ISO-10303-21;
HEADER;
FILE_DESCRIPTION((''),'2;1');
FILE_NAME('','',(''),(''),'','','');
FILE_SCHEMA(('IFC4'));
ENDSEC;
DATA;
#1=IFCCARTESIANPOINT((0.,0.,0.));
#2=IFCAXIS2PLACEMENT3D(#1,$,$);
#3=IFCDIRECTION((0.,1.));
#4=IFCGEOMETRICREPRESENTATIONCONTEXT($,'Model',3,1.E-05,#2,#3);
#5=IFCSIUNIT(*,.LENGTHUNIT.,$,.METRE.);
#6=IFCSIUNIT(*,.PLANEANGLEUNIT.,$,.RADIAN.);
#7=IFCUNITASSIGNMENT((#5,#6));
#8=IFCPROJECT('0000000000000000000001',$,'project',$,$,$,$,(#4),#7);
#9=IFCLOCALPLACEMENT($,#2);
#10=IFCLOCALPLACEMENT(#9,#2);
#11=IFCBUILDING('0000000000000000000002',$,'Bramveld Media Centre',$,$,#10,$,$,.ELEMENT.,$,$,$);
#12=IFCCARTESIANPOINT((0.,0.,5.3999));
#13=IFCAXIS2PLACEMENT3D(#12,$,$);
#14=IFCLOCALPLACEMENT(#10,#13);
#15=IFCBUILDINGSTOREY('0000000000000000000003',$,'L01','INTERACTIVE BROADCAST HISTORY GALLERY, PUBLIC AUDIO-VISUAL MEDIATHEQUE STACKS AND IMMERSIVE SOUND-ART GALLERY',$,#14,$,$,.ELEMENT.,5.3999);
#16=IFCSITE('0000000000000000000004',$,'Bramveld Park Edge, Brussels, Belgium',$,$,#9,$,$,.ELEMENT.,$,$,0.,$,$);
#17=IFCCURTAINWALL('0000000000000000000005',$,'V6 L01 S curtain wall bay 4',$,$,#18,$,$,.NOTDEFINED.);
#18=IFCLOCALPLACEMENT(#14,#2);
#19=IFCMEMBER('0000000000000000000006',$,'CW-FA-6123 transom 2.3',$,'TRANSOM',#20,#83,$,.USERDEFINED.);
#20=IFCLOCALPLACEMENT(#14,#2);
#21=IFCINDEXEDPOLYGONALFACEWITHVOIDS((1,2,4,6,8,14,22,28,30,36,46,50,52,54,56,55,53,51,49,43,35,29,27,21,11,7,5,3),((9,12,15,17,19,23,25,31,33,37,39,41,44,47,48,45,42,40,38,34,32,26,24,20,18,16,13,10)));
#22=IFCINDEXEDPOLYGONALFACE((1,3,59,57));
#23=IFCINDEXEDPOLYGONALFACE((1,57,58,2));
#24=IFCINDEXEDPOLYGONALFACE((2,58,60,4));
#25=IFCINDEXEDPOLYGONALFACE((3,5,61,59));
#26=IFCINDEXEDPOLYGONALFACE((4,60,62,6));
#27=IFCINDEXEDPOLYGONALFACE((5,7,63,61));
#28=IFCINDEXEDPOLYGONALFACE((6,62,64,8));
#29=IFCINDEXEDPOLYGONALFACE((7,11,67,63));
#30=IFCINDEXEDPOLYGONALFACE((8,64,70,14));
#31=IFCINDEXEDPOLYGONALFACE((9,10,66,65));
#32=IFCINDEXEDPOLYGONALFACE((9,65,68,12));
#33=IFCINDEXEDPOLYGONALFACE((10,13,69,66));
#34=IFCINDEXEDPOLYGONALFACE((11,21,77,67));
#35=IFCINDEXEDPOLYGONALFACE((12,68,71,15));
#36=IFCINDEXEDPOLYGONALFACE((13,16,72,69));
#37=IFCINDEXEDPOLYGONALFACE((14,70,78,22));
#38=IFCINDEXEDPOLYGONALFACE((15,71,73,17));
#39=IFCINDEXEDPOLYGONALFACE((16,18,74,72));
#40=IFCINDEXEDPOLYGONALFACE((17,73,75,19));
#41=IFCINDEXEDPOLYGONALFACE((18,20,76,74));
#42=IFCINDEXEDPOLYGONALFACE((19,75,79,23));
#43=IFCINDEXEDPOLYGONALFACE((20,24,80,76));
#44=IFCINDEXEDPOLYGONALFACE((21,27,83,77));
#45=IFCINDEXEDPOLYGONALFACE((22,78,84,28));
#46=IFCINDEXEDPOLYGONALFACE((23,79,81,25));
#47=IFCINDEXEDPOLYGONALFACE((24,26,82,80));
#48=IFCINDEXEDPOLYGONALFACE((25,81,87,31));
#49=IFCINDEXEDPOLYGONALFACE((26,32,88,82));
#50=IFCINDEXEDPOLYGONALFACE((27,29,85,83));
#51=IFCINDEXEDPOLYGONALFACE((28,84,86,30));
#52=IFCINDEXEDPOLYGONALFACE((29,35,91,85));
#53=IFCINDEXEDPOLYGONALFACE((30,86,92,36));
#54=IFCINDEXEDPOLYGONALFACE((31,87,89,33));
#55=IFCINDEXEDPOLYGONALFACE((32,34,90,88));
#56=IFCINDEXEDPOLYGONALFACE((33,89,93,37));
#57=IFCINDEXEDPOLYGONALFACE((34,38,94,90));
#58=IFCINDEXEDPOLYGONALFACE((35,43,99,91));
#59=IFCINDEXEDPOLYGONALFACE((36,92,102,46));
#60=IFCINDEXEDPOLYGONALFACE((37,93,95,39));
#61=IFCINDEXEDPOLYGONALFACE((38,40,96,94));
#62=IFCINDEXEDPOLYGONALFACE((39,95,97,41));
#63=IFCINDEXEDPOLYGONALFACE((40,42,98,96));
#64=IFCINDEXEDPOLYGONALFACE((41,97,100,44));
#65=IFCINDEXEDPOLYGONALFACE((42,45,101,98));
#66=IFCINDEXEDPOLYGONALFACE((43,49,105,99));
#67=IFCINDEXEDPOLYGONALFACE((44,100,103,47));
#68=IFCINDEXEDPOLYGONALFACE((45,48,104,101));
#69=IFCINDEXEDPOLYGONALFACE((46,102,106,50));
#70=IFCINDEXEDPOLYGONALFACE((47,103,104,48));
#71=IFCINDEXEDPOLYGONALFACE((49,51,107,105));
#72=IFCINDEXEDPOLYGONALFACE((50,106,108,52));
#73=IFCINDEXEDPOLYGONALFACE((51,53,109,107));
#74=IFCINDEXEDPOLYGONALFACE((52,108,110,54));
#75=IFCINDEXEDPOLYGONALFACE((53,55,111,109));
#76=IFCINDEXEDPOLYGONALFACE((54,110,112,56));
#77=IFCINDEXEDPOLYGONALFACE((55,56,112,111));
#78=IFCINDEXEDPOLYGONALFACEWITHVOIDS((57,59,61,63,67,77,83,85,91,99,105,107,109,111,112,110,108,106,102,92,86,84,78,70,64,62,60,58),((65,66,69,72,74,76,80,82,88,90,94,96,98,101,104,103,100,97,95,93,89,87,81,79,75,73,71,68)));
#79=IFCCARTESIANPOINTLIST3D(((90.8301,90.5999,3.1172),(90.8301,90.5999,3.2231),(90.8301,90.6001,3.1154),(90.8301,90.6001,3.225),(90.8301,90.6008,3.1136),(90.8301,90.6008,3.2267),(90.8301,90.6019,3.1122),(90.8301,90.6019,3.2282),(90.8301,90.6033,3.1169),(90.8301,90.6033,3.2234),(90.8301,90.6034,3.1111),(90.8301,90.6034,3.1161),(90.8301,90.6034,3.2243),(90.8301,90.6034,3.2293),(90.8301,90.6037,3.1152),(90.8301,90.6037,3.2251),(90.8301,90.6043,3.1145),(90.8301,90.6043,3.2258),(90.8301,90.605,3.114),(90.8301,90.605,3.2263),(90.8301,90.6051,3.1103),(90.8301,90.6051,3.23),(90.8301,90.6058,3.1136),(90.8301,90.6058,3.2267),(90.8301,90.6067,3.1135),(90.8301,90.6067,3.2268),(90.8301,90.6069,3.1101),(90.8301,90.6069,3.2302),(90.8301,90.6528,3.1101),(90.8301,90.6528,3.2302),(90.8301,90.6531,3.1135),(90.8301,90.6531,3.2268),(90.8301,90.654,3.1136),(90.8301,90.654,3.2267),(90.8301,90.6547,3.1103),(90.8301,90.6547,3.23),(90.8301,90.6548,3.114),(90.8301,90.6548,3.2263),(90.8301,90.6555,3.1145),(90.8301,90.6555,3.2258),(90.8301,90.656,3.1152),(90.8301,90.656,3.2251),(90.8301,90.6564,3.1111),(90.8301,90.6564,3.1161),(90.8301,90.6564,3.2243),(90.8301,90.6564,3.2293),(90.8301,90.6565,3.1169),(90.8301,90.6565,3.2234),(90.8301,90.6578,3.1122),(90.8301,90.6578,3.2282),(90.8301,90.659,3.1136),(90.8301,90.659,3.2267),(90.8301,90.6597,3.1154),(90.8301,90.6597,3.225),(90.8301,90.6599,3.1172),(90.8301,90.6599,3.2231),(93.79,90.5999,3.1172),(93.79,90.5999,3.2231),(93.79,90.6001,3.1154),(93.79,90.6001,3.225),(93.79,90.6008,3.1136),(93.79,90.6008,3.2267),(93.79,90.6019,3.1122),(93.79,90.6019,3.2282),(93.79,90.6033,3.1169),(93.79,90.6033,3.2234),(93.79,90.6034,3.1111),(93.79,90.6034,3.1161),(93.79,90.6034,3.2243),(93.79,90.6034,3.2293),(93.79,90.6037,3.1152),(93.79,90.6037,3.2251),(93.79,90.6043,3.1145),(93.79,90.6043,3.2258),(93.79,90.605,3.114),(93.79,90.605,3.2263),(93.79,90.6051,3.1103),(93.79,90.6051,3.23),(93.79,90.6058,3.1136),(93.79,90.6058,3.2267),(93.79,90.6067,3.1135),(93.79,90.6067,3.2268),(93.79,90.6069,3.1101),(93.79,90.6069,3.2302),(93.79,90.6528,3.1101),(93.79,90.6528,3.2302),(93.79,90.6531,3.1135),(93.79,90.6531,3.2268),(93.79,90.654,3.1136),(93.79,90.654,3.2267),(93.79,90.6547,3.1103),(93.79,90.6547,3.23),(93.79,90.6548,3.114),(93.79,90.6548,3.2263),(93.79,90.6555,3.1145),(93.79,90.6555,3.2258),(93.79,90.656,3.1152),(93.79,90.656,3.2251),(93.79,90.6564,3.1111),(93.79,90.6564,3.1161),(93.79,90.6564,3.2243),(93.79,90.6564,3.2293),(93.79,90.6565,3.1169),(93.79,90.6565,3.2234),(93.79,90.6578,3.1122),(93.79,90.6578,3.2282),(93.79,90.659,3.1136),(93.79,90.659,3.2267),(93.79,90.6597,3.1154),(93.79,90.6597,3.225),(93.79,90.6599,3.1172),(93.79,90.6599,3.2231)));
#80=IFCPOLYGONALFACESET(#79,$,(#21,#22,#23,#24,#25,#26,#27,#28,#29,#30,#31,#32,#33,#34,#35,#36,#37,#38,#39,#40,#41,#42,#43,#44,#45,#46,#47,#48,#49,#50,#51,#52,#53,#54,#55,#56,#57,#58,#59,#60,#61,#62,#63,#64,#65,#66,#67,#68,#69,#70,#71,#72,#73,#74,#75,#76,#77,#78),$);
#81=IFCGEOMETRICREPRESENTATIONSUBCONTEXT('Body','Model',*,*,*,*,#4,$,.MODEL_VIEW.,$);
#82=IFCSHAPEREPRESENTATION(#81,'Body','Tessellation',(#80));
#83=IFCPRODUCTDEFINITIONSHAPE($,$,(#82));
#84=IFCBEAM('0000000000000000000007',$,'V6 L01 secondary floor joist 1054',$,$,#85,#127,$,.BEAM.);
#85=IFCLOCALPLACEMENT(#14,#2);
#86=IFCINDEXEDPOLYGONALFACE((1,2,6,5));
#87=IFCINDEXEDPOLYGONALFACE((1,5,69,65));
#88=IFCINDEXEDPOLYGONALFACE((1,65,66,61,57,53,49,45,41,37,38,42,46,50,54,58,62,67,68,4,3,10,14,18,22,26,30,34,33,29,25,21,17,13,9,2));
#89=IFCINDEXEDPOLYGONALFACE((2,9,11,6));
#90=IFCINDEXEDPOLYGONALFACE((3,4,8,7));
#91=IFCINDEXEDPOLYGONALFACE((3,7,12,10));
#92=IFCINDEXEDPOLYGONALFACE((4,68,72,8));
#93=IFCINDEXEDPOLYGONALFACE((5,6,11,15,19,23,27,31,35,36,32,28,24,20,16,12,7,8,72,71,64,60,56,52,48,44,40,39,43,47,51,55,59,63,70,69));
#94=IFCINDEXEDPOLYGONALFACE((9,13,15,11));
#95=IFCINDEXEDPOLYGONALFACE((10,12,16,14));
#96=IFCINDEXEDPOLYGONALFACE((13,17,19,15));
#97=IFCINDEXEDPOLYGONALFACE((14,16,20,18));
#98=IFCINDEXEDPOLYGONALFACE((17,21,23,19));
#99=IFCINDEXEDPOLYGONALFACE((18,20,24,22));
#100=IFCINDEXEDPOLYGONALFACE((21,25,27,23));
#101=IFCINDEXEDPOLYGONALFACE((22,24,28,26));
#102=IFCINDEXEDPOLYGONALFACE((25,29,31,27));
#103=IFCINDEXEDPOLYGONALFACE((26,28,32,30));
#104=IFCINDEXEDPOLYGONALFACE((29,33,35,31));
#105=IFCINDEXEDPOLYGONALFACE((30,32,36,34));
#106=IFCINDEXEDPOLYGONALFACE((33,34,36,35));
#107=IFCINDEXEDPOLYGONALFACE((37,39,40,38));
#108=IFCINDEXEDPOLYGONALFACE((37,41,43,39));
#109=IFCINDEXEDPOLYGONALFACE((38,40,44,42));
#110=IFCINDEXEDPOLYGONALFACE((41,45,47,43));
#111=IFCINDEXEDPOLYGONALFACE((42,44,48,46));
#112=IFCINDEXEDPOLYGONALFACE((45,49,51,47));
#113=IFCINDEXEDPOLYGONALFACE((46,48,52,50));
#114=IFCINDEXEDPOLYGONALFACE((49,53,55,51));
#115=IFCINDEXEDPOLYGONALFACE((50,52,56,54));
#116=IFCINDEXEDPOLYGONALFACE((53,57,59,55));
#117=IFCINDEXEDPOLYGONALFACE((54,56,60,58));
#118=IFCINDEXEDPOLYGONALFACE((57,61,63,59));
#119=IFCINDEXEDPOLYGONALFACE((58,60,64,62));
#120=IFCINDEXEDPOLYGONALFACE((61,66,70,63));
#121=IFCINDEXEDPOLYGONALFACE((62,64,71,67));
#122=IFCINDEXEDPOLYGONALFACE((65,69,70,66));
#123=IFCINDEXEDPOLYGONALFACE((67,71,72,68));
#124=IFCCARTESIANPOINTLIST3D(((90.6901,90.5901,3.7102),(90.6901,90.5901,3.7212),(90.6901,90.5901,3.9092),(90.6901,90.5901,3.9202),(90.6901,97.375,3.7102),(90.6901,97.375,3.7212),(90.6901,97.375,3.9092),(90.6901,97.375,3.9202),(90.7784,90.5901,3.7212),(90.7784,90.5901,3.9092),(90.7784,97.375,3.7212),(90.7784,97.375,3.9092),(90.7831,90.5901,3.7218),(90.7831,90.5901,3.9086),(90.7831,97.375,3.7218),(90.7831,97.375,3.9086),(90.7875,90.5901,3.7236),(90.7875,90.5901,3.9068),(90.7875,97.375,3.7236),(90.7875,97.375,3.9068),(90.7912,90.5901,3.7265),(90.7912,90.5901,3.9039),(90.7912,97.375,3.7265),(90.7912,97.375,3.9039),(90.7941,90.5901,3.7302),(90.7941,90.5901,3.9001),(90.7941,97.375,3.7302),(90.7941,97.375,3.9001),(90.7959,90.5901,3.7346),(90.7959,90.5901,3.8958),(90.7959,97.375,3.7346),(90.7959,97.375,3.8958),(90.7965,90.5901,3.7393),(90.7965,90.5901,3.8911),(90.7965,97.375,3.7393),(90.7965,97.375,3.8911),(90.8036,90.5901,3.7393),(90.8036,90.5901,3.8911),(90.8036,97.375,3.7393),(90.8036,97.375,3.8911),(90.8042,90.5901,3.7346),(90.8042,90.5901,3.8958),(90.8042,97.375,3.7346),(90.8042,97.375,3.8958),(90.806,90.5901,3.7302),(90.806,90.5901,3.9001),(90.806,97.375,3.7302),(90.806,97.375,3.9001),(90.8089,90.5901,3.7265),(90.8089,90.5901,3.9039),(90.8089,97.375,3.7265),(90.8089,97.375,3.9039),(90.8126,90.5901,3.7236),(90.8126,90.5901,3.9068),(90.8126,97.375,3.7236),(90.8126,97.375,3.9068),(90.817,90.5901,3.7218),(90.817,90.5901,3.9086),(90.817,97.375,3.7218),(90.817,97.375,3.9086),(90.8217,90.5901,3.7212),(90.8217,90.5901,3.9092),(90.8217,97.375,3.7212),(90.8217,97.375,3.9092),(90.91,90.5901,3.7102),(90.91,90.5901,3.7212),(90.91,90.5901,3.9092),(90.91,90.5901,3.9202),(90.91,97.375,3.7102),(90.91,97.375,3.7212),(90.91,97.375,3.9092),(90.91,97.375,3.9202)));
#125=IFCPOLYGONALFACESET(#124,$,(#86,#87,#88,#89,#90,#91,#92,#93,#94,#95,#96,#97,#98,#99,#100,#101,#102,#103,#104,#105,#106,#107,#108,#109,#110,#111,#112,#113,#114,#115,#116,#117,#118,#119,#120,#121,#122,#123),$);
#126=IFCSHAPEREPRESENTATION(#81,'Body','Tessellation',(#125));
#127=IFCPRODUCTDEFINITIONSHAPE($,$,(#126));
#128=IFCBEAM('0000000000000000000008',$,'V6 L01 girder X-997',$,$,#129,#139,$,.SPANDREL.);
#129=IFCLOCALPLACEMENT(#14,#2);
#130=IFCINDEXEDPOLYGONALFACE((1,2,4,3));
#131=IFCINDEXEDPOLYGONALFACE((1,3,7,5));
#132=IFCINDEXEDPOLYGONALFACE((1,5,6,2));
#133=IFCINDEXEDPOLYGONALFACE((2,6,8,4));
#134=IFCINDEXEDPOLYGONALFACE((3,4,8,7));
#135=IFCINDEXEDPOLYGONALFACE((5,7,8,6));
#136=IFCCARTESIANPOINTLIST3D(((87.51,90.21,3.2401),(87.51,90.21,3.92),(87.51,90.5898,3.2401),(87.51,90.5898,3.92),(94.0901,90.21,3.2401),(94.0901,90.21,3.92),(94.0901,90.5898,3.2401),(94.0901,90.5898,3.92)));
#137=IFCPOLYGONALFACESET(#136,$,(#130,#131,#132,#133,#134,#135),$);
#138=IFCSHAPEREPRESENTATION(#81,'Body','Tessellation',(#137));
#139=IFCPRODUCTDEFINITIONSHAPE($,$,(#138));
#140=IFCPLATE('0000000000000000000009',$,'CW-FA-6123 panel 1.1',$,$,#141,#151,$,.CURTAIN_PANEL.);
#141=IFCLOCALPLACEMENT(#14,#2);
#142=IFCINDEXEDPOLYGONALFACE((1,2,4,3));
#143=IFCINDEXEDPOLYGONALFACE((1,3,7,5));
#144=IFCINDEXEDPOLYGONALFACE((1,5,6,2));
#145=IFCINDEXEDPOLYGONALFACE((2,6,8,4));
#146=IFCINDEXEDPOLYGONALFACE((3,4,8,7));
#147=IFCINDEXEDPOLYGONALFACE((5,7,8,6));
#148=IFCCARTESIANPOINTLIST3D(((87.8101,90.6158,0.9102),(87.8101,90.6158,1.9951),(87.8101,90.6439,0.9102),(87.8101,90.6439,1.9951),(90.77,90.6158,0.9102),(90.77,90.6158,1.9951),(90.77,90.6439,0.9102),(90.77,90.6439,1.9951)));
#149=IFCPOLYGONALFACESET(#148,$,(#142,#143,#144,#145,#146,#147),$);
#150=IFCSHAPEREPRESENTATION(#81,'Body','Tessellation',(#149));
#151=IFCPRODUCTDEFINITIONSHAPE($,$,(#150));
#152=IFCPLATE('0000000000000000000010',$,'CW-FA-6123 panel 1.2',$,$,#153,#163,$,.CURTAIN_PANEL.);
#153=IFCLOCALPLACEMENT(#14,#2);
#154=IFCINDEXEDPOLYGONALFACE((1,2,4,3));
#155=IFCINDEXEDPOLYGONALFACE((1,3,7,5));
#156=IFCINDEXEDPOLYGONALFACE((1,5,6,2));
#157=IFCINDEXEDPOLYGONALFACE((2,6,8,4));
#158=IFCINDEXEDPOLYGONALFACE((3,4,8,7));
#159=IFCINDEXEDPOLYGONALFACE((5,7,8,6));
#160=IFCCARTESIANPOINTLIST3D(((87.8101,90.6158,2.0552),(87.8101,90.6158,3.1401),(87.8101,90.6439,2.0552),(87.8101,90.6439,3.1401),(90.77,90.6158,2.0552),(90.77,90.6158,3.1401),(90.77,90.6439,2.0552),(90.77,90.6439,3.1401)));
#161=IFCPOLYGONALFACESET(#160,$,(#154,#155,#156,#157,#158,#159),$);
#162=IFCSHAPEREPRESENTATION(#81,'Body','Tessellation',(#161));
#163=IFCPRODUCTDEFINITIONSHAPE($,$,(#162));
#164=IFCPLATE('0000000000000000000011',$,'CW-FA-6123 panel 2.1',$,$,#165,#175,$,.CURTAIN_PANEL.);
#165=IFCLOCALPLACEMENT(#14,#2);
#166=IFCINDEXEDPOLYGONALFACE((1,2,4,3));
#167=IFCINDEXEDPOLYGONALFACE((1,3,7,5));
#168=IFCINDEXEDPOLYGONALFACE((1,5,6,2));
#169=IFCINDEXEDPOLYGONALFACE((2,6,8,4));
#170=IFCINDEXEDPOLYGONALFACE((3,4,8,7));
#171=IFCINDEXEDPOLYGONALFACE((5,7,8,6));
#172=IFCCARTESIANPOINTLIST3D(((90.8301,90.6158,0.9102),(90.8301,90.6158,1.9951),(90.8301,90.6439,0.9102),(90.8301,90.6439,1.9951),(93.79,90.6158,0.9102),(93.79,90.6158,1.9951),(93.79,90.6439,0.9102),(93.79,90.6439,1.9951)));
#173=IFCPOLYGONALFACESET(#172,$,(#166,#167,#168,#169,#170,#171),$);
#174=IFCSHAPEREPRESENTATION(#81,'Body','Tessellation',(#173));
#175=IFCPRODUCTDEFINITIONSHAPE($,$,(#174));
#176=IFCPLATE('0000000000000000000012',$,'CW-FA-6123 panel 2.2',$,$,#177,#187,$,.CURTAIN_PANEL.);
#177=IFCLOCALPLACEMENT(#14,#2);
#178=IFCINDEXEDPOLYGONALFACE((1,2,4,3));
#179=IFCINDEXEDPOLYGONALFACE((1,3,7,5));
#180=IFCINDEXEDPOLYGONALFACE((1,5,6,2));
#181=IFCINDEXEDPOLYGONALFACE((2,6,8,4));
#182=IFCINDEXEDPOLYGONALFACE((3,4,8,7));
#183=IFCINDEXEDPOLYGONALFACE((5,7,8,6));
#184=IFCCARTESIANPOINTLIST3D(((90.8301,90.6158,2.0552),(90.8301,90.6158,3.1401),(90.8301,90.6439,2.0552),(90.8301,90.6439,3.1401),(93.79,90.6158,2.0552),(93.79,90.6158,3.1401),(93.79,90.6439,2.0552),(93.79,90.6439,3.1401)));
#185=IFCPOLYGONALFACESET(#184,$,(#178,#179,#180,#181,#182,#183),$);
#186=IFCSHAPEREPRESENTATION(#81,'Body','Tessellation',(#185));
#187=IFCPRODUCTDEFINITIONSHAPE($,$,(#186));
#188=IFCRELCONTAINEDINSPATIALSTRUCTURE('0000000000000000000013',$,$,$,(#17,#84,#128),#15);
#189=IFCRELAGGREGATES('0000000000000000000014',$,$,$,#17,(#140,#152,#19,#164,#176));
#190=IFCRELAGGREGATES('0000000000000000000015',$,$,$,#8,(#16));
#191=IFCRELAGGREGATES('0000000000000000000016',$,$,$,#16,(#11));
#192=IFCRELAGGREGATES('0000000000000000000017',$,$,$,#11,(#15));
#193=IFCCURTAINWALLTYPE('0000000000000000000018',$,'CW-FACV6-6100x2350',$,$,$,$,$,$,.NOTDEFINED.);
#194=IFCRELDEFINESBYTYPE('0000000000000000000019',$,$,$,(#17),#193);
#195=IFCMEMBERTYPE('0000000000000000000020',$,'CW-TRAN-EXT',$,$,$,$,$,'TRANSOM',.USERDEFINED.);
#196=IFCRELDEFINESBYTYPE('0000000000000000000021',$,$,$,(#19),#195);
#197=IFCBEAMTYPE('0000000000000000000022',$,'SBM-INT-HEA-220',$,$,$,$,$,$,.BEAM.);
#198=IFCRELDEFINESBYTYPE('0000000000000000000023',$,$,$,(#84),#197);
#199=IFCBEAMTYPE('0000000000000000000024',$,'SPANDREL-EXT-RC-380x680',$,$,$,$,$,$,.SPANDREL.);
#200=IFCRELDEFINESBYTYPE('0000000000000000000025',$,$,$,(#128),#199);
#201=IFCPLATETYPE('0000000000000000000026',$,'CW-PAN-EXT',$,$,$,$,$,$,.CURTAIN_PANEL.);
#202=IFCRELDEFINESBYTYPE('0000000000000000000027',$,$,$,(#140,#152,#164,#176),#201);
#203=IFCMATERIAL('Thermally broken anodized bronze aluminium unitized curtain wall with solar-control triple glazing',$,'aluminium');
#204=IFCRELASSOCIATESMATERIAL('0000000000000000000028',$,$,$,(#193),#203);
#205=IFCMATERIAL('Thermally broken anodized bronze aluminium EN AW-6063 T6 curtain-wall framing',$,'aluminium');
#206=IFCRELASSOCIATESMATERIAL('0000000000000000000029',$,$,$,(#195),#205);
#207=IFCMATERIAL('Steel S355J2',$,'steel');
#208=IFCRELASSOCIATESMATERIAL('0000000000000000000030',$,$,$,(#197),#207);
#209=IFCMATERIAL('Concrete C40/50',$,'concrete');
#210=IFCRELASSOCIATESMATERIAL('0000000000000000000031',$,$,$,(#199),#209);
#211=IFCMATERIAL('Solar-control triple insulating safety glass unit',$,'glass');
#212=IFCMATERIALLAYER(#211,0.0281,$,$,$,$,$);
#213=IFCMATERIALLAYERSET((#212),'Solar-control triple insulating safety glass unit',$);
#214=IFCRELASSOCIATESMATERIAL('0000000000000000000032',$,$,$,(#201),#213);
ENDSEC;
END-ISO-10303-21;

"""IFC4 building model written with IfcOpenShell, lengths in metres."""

from ifc_helpers import new_model, si_unit, direction, frame, origin, origin_2d, place, context, subcontext, project, spatial, rectangle, hollow_rectangle, i_section, extrude, material, layer, layer_set, material_profile, profile_set, type_object, element, aggregate, save


model = new_model("IFC4")

# Units and contexts
model_context = context("Model", 3, precision=1e-05, world=origin(), true_north=direction((0.0, 1.0)))
body_context = subcontext(model_context, "Body", "Model", "MODEL_VIEW")
ifc_project = project(units=[si_unit("LENGTHUNIT", "METRE"), si_unit("PLANEANGLEUNIT", "RADIAN")], contexts=[model_context])

# Site, building, storey
site_placement = place(None, origin())
site = spatial("IfcSite", under=ifc_project, at=site_placement, Name="Bramveld Park Edge, Brussels, Belgium", CompositionType="ELEMENT", RefElevation=0.0)
building_placement = place(site_placement, origin())
building = spatial("IfcBuilding", under=site, at=building_placement, Name="Bramveld Media Centre", CompositionType="ELEMENT")
storey_placement = place(building_placement, frame((0.0, 0.0, 5.3999)))
storey = spatial("IfcBuildingStorey", under=building, at=storey_placement, Name="L01", Description="INTERACTIVE BROADCAST HISTORY GALLERY, PUBLIC AUDIO-VISUAL MEDIATHEQUE STACKS AND IMMERSIVE SOUND-ART GALLERY", CompositionType="ELEMENT", Elevation=5.3999)

# Curtain wall, member
ifc_material_1 = material(Name="Thermally broken anodized bronze aluminium unitized curtain wall with solar-control triple glazing", Category="aluminium")
curtain_wall_type = type_object("IfcCurtainWallType", Name="CW-FACV6-6100x2350", PredefinedType="NOTDEFINED", material=ifc_material_1)
curtain_wall_placement = place(storey_placement, origin())
curtain_wall = element("IfcCurtainWall", 1, at=curtain_wall_placement, inside=storey, type_object=curtain_wall_type, Name="V6 L01 S curtain wall bay 4", PredefinedType="NOTDEFINED")
ifc_material_2 = material(Name="Thermally broken anodized bronze aluminium EN AW-6063 T6 curtain-wall framing", Category="aluminium")
ifc_material_profile_1 = material_profile(ifc_material_2, hollow_rectangle(XDim=0.0601, YDim=0.1201, WallThickness=0.0034, InnerFilletRadius=0.0034, OuterFilletRadius=0.0071, at=origin_2d()), Name="AL-TRAN 60x120")
ifc_profile_set_1 = profile_set([ifc_material_profile_1], Name="Thermally broken anodized bronze aluminium EN AW-6063 T6 curtain-wall framing")
member_type_1 = type_object("IfcMemberType", Name="CW-TRAN-EXT", ElementType="TRANSOM", PredefinedType="USERDEFINED", material=ifc_profile_set_1)
member_1_placement = place(storey_placement, frame((90.8301, 90.6299, 3.1702), z_axis=(1.0, 0.0, 0.0), x_axis=(0.0, 1.0, 0.0)))
member_1 = element("IfcMember", 2, at=member_1_placement, type_object=member_type_1, Name="CW-FA-6123 transom 2.3", ObjectType="TRANSOM", PredefinedType="USERDEFINED", context=body_context, shape_type="SweptSolid", body=[
    extrude(hollow_rectangle(XDim=0.0601, YDim=0.1201, WallThickness=0.0034, InnerFilletRadius=0.0034, OuterFilletRadius=0.0071, at=origin_2d()), origin(), (0.0, 0.0, 1.0), 2.96),
])

# Beams
ifc_material_3 = material(Name="Steel S355J2", Category="steel")
ifc_material_profile_2 = material_profile(ifc_material_3, i_section(OverallWidth=0.22, OverallDepth=0.21, WebThickness=0.0071, FlangeThickness=0.011, FilletRadius=0.0181, at=origin_2d()), Name="HEA 220")
ifc_profile_set_2 = profile_set([ifc_material_profile_2], Name="Steel S355J2")
beam_type_1 = type_object("IfcBeamType", Name="SBM-INT-HEA-220", PredefinedType="BEAM", material=ifc_profile_set_2)
beam_1_placement = place(storey_placement, frame((90.8, 90.5901, 3.8152), z_axis=(0.0, 1.0, 0.0), x_axis=(-1.0, 0.0, 0.0)))
element("IfcBeam", 3, at=beam_1_placement, inside=storey, type_object=beam_type_1, Name="V6 L01 secondary floor joist 1054", PredefinedType="BEAM", context=body_context, shape_type="SweptSolid", body=[
    extrude(i_section(OverallWidth=0.22, OverallDepth=0.21, WebThickness=0.0071, FlangeThickness=0.011, FilletRadius=0.0181, at=origin_2d()), origin(), (0.0, 0.0, 1.0), 6.7849),
])
ifc_material_4 = material(Name="Concrete C40/50", Category="concrete")
ifc_material_profile_3 = material_profile(ifc_material_4, rectangle(XDim=0.3799, YDim=0.6799, at=origin_2d()), Name="RC 380x680")
ifc_profile_set_3 = profile_set([ifc_material_profile_3], Name="Concrete C40/50")
beam_type_2 = type_object("IfcBeamType", Name="SPANDREL-EXT-RC-380x680", PredefinedType="SPANDREL", material=ifc_profile_set_3)
beam_2_placement = place(storey_placement, frame((87.51, 90.3999, 3.5801), z_axis=(1.0, 0.0, 0.0), x_axis=(0.0, 1.0, 0.0)))
element("IfcBeam", 4, at=beam_2_placement, inside=storey, type_object=beam_type_2, Name="V6 L01 girder X-997", PredefinedType="SPANDREL", context=body_context, shape_type="SweptSolid", body=[
    extrude(rectangle(XDim=0.3799, YDim=0.6799, at=origin_2d()), origin(), (0.0, 0.0, 1.0), 6.5801),
])

# Plates
ifc_material_5 = material(Name="Solar-control triple insulating safety glass unit", Category="glass")
ifc_layer_1 = layer(ifc_material_5, 0.0281)
ifc_layer_set_1 = layer_set([ifc_layer_1], Name="Solar-control triple insulating safety glass unit")
plate_type = type_object("IfcPlateType", Name="CW-PAN-EXT", PredefinedType="CURTAIN_PANEL", material=ifc_layer_set_1)
plate_1_placement = place(storey_placement, frame((89.29, 90.6299, 0.9102), z_axis=(0.0, 0.0, 1.0), x_axis=(1.0, 0.0, 0.0)))
plate_1 = element("IfcPlate", 5, at=plate_1_placement, type_object=plate_type, Name="CW-FA-6123 panel 1.1", PredefinedType="CURTAIN_PANEL", context=body_context, shape_type="SweptSolid", body=[
    extrude(rectangle(XDim=2.96, YDim=0.0281, at=origin_2d()), origin(), (0.0, 0.0, 1.0), 1.085),
])
plate_2_placement = place(storey_placement, frame((89.29, 90.6299, 2.0552), z_axis=(0.0, 0.0, 1.0), x_axis=(1.0, 0.0, 0.0)))
plate_2 = element("IfcPlate", 6, at=plate_2_placement, type_object=plate_type, Name="CW-FA-6123 panel 1.2", PredefinedType="CURTAIN_PANEL", context=body_context, shape_type="SweptSolid", body=[
    extrude(rectangle(XDim=2.96, YDim=0.0281, at=origin_2d()), origin(), (0.0, 0.0, 1.0), 1.085),
])
plate_3_placement = place(storey_placement, frame((92.3101, 90.6299, 0.9102), z_axis=(0.0, 0.0, 1.0), x_axis=(1.0, 0.0, 0.0)))
plate_3 = element("IfcPlate", 7, at=plate_3_placement, type_object=plate_type, Name="CW-FA-6123 panel 2.1", PredefinedType="CURTAIN_PANEL", context=body_context, shape_type="SweptSolid", body=[
    extrude(rectangle(XDim=2.96, YDim=0.0281, at=origin_2d()), origin(), (0.0, 0.0, 1.0), 1.085),
])
plate_4_placement = place(storey_placement, frame((92.3101, 90.6299, 2.0552), z_axis=(0.0, 0.0, 1.0), x_axis=(1.0, 0.0, 0.0)))
plate_4 = element("IfcPlate", 8, at=plate_4_placement, type_object=plate_type, Name="CW-FA-6123 panel 2.2", PredefinedType="CURTAIN_PANEL", context=body_context, shape_type="SweptSolid", body=[
    extrude(rectangle(XDim=2.96, YDim=0.0281, at=origin_2d()), origin(), (0.0, 0.0, 1.0), 1.085),
])
aggregate(curtain_wall, [plate_1, plate_2, member_1, plate_3, plate_4])

save(model, "model.ifc")
